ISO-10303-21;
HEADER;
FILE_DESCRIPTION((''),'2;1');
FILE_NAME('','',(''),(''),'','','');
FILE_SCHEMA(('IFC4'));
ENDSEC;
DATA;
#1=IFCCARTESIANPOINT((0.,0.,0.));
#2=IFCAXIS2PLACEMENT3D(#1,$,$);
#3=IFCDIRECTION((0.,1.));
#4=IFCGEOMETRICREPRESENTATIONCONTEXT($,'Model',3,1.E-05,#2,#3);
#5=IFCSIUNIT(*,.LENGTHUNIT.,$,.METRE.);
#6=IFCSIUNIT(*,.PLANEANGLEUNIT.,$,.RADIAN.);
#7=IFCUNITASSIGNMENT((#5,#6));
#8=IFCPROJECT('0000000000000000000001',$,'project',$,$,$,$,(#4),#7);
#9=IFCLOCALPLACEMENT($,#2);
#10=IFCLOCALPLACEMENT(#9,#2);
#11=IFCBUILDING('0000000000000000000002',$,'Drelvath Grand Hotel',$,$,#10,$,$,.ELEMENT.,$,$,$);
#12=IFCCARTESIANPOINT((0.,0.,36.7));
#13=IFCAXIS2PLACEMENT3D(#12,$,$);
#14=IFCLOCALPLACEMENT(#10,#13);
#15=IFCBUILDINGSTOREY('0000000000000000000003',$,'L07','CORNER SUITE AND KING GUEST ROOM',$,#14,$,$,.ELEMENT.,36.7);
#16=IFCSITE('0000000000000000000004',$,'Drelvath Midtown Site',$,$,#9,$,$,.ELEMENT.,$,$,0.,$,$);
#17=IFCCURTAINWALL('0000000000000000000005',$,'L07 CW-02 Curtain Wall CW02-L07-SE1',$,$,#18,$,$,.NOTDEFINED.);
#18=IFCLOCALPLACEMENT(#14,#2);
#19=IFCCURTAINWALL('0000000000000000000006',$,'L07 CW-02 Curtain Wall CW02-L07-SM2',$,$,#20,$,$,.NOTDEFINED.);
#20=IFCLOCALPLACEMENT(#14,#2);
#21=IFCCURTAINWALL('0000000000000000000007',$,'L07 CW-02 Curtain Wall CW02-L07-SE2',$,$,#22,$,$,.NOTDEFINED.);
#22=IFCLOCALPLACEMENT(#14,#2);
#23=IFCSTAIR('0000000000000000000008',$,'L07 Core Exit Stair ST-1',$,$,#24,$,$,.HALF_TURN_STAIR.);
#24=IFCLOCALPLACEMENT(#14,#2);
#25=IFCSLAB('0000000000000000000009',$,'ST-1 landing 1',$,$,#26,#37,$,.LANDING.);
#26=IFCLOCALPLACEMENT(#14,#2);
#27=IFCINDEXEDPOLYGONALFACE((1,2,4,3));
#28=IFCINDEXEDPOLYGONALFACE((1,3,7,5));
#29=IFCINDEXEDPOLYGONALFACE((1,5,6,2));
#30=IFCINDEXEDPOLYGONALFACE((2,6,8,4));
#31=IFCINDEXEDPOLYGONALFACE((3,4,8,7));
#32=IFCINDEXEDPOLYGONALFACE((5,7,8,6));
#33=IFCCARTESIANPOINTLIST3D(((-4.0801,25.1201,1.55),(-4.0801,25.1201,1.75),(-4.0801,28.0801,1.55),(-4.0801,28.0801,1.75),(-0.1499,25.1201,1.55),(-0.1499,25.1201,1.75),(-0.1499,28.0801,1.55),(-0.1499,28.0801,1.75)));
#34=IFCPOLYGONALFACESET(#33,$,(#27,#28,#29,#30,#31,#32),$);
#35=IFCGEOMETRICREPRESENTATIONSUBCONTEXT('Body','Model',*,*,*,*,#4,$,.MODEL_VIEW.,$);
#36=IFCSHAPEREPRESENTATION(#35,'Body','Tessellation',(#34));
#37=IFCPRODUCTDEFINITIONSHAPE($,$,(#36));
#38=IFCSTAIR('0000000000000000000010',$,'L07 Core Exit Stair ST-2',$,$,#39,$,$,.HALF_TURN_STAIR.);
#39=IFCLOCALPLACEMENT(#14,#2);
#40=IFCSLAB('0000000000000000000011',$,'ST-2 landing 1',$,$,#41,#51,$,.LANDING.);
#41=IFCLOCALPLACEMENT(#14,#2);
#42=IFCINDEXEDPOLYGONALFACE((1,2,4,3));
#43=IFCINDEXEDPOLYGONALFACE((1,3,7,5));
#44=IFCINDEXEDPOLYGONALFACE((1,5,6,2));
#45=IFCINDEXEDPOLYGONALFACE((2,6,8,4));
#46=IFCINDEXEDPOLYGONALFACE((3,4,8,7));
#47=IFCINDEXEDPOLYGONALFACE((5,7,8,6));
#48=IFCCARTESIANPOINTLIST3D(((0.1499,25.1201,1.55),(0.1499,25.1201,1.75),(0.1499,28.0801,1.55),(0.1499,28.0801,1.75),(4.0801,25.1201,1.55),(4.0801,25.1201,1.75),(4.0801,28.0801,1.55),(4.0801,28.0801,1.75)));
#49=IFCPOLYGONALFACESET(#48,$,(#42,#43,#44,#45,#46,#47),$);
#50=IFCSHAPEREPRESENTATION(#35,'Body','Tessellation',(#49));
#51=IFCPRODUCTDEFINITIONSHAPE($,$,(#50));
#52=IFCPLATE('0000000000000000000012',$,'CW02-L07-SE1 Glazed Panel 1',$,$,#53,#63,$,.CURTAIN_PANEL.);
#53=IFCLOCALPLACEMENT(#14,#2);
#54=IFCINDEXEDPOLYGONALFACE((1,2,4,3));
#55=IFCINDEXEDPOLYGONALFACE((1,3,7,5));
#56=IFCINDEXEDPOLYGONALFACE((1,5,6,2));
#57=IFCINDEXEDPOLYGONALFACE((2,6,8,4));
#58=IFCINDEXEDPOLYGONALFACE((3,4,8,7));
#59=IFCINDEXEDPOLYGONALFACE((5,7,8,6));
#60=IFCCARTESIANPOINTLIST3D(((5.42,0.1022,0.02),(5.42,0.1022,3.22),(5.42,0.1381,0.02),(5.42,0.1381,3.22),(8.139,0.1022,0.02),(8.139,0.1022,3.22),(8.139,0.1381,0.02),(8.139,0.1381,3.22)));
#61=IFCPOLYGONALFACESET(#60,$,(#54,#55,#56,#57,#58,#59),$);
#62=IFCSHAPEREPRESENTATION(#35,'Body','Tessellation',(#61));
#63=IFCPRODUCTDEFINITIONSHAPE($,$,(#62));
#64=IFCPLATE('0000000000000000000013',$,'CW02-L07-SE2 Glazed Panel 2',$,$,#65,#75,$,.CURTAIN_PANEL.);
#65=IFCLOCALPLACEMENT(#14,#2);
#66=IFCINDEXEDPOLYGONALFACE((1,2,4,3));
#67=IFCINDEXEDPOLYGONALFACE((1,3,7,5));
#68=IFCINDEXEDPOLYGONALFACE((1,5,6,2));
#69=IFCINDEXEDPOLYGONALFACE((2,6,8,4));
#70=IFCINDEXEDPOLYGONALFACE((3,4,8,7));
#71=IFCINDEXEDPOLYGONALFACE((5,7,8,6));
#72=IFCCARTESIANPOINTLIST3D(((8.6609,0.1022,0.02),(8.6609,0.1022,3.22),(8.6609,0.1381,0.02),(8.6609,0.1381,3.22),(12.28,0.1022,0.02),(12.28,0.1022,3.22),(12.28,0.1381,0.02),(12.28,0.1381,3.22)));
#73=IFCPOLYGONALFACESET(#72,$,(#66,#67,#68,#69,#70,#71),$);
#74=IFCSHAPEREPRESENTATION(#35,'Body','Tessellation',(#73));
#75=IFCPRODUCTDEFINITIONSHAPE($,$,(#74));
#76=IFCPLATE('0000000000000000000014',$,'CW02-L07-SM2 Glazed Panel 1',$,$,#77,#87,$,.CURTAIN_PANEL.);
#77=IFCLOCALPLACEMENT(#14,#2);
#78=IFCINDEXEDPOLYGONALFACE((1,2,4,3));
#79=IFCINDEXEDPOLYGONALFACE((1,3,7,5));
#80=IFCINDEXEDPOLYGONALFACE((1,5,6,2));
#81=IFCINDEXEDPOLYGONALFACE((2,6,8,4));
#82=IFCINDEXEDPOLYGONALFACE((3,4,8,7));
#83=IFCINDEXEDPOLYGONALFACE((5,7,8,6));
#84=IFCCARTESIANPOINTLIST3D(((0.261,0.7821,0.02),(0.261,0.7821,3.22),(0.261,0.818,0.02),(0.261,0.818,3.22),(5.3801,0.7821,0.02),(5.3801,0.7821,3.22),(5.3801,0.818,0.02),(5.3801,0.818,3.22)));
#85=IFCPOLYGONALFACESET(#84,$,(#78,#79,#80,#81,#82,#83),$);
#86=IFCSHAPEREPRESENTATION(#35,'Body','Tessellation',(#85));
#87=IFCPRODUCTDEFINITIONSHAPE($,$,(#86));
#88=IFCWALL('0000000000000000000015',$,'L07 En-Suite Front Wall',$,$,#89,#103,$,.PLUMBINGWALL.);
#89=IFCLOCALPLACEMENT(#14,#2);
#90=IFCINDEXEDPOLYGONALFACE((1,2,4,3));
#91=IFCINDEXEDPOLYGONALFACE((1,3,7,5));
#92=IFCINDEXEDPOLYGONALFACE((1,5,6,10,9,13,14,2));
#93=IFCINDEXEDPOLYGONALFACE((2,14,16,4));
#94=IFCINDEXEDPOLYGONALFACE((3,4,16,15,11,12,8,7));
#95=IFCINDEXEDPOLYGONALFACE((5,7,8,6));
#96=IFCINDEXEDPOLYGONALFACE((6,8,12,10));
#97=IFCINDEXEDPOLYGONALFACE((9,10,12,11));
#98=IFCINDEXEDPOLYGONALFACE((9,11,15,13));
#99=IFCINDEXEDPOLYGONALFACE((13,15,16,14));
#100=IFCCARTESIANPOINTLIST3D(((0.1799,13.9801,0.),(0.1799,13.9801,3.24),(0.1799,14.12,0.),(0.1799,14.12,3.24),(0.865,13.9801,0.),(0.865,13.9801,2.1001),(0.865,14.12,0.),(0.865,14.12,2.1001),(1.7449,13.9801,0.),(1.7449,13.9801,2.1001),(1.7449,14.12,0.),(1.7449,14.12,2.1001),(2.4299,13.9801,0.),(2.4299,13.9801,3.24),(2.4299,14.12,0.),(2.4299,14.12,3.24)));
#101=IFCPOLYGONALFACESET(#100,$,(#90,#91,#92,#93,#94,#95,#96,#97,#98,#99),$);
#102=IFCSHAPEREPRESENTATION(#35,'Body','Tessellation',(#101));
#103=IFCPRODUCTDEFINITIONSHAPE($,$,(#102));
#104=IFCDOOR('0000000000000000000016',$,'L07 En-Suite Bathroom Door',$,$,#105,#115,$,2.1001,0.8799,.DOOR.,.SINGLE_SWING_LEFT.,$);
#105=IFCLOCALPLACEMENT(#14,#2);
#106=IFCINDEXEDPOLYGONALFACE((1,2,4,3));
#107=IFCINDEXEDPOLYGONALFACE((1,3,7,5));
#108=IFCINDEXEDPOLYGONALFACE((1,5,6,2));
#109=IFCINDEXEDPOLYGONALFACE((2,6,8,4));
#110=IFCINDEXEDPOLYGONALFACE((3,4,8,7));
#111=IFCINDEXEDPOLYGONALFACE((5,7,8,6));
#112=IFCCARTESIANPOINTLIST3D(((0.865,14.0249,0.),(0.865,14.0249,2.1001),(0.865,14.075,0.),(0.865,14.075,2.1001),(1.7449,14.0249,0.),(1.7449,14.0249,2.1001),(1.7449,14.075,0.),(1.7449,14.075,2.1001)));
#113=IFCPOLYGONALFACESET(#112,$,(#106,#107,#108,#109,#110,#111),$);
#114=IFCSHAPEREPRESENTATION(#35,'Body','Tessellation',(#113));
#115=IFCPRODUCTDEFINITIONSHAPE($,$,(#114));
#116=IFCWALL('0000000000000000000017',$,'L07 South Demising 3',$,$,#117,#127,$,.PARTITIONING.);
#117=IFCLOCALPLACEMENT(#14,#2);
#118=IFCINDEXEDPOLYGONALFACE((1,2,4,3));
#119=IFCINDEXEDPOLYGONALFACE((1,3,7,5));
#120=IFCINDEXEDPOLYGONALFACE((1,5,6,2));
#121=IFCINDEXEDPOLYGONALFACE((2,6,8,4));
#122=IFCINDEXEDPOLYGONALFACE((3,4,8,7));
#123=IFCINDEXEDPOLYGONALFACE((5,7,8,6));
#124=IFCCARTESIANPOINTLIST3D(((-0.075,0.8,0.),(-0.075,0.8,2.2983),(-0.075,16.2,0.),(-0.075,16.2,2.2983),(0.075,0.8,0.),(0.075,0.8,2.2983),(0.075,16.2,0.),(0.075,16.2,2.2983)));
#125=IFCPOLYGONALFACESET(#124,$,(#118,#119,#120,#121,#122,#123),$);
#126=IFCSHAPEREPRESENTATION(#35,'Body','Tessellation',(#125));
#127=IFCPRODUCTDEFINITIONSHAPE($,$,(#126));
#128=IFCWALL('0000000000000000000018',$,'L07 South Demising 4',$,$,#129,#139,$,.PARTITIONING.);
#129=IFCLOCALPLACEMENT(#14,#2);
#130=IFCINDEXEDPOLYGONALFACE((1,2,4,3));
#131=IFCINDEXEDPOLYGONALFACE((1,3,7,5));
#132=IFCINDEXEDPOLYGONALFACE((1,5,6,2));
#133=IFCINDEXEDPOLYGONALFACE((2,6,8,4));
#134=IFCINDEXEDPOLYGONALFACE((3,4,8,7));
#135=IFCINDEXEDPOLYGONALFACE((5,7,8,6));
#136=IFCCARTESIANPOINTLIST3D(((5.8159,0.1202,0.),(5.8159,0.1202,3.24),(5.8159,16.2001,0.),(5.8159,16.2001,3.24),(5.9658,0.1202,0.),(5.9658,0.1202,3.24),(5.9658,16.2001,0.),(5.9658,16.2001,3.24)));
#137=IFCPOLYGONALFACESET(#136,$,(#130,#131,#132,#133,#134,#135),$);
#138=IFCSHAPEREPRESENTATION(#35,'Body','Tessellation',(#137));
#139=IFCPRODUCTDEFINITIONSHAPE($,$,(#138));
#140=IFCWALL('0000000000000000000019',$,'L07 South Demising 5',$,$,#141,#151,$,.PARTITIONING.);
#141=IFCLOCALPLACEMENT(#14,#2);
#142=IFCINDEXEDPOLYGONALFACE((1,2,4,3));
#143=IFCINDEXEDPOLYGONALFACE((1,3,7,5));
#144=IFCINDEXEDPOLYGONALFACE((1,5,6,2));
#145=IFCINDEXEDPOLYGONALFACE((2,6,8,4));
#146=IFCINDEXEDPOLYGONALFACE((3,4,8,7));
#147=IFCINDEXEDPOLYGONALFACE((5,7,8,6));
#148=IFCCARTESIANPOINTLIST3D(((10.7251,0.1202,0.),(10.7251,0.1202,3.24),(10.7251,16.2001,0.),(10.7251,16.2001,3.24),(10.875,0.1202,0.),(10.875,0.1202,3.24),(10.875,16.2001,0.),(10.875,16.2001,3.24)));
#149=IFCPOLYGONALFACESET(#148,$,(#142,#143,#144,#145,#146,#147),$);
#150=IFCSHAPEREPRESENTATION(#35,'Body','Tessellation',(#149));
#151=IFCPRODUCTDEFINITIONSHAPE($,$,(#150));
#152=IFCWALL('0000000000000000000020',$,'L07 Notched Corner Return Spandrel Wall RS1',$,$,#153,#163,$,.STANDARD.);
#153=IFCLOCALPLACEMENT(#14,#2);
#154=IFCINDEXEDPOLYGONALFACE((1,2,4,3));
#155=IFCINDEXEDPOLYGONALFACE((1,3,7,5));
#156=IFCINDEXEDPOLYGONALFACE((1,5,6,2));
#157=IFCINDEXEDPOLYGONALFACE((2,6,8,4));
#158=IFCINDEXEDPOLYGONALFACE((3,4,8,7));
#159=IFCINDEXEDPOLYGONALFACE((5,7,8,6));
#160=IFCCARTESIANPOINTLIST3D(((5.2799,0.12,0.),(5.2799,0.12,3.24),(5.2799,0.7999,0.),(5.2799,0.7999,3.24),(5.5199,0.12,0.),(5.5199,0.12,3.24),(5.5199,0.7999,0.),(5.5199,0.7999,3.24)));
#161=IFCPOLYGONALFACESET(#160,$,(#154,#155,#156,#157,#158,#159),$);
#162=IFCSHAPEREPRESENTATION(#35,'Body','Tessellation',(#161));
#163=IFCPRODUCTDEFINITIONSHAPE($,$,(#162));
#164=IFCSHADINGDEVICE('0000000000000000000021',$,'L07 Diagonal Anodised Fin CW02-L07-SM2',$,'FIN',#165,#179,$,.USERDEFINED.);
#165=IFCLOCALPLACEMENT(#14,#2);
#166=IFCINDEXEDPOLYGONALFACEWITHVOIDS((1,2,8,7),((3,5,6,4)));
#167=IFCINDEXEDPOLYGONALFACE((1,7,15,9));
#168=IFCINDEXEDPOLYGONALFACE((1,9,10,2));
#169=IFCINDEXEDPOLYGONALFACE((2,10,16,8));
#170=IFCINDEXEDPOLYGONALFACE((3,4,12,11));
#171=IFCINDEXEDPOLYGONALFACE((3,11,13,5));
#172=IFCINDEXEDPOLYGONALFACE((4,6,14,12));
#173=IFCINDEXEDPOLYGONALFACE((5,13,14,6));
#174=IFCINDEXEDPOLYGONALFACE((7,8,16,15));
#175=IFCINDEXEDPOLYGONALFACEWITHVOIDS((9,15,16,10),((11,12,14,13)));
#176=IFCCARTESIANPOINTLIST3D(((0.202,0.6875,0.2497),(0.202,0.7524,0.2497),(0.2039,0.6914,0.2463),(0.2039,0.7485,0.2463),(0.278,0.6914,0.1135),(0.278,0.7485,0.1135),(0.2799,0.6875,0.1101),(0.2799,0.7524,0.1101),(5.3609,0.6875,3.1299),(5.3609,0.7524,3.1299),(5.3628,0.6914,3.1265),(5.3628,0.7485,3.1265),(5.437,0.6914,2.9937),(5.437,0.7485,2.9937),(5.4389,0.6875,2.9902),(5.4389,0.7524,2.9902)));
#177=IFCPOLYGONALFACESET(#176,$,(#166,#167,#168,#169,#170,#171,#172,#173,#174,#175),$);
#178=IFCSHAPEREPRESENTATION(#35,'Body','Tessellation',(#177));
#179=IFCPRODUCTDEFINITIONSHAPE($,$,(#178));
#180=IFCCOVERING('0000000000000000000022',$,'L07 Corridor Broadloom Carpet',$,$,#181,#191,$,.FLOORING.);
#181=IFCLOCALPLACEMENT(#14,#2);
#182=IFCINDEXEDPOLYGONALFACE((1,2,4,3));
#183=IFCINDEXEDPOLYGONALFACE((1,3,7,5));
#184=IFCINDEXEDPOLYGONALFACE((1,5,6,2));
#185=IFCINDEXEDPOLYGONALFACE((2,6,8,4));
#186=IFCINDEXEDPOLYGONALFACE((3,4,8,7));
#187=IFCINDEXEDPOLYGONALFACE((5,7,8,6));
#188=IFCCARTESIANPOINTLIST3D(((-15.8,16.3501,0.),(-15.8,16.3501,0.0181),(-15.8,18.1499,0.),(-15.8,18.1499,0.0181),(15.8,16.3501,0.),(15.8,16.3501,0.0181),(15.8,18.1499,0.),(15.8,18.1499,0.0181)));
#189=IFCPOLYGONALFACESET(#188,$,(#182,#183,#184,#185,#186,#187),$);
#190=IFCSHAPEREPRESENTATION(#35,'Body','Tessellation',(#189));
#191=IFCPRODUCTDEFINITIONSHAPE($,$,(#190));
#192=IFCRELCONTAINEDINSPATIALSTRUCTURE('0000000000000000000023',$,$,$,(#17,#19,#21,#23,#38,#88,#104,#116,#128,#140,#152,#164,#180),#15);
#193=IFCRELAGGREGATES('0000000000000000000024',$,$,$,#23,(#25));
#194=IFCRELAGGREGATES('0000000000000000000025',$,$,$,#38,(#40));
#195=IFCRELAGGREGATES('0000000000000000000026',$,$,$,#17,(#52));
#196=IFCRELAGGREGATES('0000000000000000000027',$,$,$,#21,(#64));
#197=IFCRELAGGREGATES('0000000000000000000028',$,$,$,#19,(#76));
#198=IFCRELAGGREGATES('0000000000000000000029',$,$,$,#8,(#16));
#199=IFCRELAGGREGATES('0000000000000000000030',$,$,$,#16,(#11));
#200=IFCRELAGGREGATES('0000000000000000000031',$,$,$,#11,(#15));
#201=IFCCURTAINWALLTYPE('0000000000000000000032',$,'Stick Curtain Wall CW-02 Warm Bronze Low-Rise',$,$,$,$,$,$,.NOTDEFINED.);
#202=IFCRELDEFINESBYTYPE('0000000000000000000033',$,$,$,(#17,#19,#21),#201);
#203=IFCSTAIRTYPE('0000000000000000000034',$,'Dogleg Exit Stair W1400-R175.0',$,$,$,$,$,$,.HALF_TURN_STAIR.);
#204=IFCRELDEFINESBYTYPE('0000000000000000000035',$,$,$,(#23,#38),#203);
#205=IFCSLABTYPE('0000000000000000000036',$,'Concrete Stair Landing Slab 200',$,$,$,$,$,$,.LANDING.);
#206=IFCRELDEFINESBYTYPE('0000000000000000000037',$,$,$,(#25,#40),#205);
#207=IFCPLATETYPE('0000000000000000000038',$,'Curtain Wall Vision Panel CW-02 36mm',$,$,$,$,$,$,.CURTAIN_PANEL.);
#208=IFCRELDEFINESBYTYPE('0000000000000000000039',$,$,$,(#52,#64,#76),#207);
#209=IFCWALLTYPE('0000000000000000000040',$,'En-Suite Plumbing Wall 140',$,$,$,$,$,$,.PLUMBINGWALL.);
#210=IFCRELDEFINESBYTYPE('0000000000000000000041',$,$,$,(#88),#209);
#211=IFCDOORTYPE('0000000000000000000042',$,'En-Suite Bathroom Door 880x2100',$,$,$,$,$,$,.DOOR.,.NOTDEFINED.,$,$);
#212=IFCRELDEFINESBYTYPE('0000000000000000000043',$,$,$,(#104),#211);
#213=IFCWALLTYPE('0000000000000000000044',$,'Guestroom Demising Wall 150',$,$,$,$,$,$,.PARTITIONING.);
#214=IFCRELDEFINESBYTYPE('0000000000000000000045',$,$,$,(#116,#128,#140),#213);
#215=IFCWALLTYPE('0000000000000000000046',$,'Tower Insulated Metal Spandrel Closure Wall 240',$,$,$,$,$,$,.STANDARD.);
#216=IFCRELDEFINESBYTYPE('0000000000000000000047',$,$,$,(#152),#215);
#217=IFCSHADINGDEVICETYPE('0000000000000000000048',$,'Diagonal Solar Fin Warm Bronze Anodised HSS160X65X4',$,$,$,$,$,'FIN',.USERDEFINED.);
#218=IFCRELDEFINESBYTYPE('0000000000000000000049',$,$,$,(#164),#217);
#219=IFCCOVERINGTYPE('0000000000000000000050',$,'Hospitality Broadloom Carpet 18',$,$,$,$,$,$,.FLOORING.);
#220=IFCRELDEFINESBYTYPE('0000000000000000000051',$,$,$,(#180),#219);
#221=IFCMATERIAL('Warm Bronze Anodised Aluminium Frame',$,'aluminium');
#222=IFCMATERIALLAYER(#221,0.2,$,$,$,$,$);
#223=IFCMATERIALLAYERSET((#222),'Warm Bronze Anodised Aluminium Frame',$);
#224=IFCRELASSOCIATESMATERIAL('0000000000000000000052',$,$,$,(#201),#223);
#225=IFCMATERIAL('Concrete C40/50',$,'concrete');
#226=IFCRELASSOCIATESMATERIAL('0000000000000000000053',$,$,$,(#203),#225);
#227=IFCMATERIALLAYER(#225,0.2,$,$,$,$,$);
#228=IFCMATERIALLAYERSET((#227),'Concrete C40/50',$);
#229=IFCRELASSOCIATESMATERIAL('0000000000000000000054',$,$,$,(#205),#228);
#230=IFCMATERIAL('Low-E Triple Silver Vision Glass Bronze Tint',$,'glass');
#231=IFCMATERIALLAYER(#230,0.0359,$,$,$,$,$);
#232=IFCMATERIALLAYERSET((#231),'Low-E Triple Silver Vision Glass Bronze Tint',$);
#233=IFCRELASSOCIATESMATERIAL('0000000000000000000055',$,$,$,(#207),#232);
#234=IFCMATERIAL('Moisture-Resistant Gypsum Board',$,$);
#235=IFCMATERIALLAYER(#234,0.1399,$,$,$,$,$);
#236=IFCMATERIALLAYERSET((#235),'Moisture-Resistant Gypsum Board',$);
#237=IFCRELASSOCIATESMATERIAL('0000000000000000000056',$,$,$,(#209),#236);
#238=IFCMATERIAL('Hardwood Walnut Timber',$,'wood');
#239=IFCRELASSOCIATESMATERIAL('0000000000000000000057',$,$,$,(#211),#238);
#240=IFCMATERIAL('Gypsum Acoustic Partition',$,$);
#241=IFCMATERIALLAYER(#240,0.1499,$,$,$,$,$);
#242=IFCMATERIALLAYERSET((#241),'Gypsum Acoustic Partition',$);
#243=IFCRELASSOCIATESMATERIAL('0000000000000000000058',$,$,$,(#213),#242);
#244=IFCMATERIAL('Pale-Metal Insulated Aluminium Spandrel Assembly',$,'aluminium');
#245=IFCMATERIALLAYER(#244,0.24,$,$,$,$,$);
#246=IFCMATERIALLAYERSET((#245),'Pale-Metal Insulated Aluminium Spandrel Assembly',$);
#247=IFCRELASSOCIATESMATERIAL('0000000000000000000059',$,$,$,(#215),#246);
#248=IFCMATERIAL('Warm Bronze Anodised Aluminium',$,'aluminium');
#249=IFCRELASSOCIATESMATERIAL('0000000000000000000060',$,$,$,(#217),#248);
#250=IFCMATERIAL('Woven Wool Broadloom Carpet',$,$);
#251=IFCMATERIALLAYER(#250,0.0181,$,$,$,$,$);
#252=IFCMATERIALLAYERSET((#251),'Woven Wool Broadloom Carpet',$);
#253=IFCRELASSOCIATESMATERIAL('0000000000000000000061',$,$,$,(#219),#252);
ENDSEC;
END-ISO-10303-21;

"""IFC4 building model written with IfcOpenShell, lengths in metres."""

from ifc_helpers import new_model, si_unit, direction, frame, frame_2d, origin, origin_2d, place, context, subcontext, project, spatial, polyline, rectangle, hollow_rectangle, outline, extrude, material, layer, layer_set, material_profile, profile_set, type_object, element, fill, aggregate, save


model = new_model("IFC4")

# Units and contexts
model_context = context("Model", 3, precision=1e-05, world=origin(), true_north=direction((0.0, 1.0)))
body_context = subcontext(model_context, "Body", "Model", "MODEL_VIEW")
ifc_project = project(units=[si_unit("LENGTHUNIT", "METRE"), si_unit("PLANEANGLEUNIT", "RADIAN")], contexts=[model_context])

# Site, building, storey
site_placement = place(None, origin())
site = spatial("IfcSite", under=ifc_project, at=site_placement, Name="Drelvath Midtown Site", CompositionType="ELEMENT", RefElevation=0.0)
building_placement = place(site_placement, origin())
building = spatial("IfcBuilding", under=site, at=building_placement, Name="Drelvath Grand Hotel", CompositionType="ELEMENT")
storey_placement = place(building_placement, frame((0.0, 0.0, 36.7)))
storey = spatial("IfcBuildingStorey", under=building, at=storey_placement, Name="L07", Description="CORNER SUITE AND KING GUEST ROOM", CompositionType="ELEMENT", Elevation=36.7)

# Curtain walls
ifc_material_1 = material(Name="Warm Bronze Anodised Aluminium Frame", Category="aluminium")
ifc_layer_1 = layer(ifc_material_1, 0.2)
ifc_layer_set_1 = layer_set([ifc_layer_1], Name="Warm Bronze Anodised Aluminium Frame")
curtain_wall_type = type_object("IfcCurtainWallType", Name="Stick Curtain Wall CW-02 Warm Bronze Low-Rise", PredefinedType="NOTDEFINED", material=ifc_layer_set_1)
curtain_wall_1_placement = place(storey_placement, origin())
curtain_wall_1 = element("IfcCurtainWall", 1, at=curtain_wall_1_placement, inside=storey, type_object=curtain_wall_type, Name="L07 CW-02 Curtain Wall CW02-L07-SE1", PredefinedType="NOTDEFINED")
curtain_wall_2_placement = place(storey_placement, origin())
curtain_wall_2 = element("IfcCurtainWall", 2, at=curtain_wall_2_placement, inside=storey, type_object=curtain_wall_type, Name="L07 CW-02 Curtain Wall CW02-L07-SM2", PredefinedType="NOTDEFINED")

# Curtain wall
curtain_wall_3_placement = place(storey_placement, origin())
curtain_wall_3 = element("IfcCurtainWall", 3, at=curtain_wall_3_placement, inside=storey, type_object=curtain_wall_type, Name="L07 CW-02 Curtain Wall CW02-L07-SE2", PredefinedType="NOTDEFINED")

# Stairs, slabs
ifc_material_2 = material(Name="Concrete C40/50", Category="concrete")
stair_type = type_object("IfcStairType", Name="Dogleg Exit Stair W1400-R175.0", PredefinedType="HALF_TURN_STAIR", material=ifc_material_2)
stair_1_placement = place(storey_placement, origin())
stair_1 = element("IfcStair", 4, at=stair_1_placement, inside=storey, type_object=stair_type, Name="L07 Core Exit Stair ST-1", PredefinedType="HALF_TURN_STAIR")
ifc_layer_2 = layer(ifc_material_2, 0.2)
ifc_layer_set_2 = layer_set([ifc_layer_2], Name="Concrete C40/50")
slab_type = type_object("IfcSlabType", Name="Concrete Stair Landing Slab 200", PredefinedType="LANDING", material=ifc_layer_set_2)
slab_1_placement = place(storey_placement, frame((0.0, 0.0, 1.55)))
slab_1 = element("IfcSlab", 5, at=slab_1_placement, type_object=slab_type, Name="ST-1 landing 1", PredefinedType="LANDING", context=body_context, shape_type="SweptSolid", body=[
    extrude(outline(polyline([(-4.0801, 25.1201), (-0.1499, 25.1201), (-0.1499, 28.0801), (-4.0801, 28.0801), (-4.0801, 25.1201)])), origin(), (0.0, 0.0, 1.0), 0.2),
])
aggregate(stair_1, [slab_1])
stair_2_placement = place(storey_placement, origin())
stair_2 = element("IfcStair", 6, at=stair_2_placement, inside=storey, type_object=stair_type, Name="L07 Core Exit Stair ST-2", PredefinedType="HALF_TURN_STAIR")
slab_2_placement = place(storey_placement, frame((0.0, 0.0, 1.55)))
slab_2 = element("IfcSlab", 7, at=slab_2_placement, type_object=slab_type, Name="ST-2 landing 1", PredefinedType="LANDING", context=body_context, shape_type="SweptSolid", body=[
    extrude(outline(polyline([(4.0801, 28.0801), (0.1499, 28.0801), (0.1499, 25.1201), (4.0801, 25.1201), (4.0801, 28.0801)])), origin(), (0.0, 0.0, 1.0), 0.2),
])
aggregate(stair_2, [slab_2])

# Plates
ifc_material_3 = material(Name="Low-E Triple Silver Vision Glass Bronze Tint", Category="glass")
ifc_layer_3 = layer(ifc_material_3, 0.0359)
ifc_layer_set_3 = layer_set([ifc_layer_3], Name="Low-E Triple Silver Vision Glass Bronze Tint")
plate_type = type_object("IfcPlateType", Name="Curtain Wall Vision Panel CW-02 36mm", PredefinedType="CURTAIN_PANEL", material=ifc_layer_set_3)
plate_1_placement = place(storey_placement, frame((6.7795, 0.1201, 0.02), z_axis=(0.0, 0.0, 1.0), x_axis=(-1.0, 0.0, 0.0)))
plate_1 = element("IfcPlate", 8, at=plate_1_placement, type_object=plate_type, Name="CW02-L07-SE1 Glazed Panel 1", PredefinedType="CURTAIN_PANEL", context=body_context, shape_type="SweptSolid", body=[
    extrude(rectangle(XDim=2.719, YDim=0.0359, at=origin_2d()), origin(), (0.0, 0.0, 1.0), 3.2),
])
aggregate(curtain_wall_1, [plate_1])
plate_2_placement = place(storey_placement, frame((10.4705, 0.1201, 0.02), z_axis=(0.0, 0.0, 1.0), x_axis=(-1.0, 0.0, 0.0)))
plate_2 = element("IfcPlate", 9, at=plate_2_placement, type_object=plate_type, Name="CW02-L07-SE2 Glazed Panel 2", PredefinedType="CURTAIN_PANEL", context=body_context, shape_type="SweptSolid", body=[
    extrude(rectangle(XDim=3.6191, YDim=0.0359, at=origin_2d()), origin(), (0.0, 0.0, 1.0), 3.2),
])
aggregate(curtain_wall_3, [plate_2])
plate_3_placement = place(storey_placement, frame((2.8206, 0.8, 0.02), z_axis=(0.0, 0.0, 1.0), x_axis=(-1.0, 0.0, 0.0)))
plate_3 = element("IfcPlate", 10, at=plate_3_placement, type_object=plate_type, Name="CW02-L07-SM2 Glazed Panel 1", PredefinedType="CURTAIN_PANEL", context=body_context, shape_type="SweptSolid", body=[
    extrude(rectangle(XDim=5.1191, YDim=0.0359, at=origin_2d()), origin(), (0.0, 0.0, 1.0), 3.2),
])
aggregate(curtain_wall_2, [plate_3])

# Wall, opening, door
ifc_material_4 = material(Name="Moisture-Resistant Gypsum Board")
ifc_layer_4 = layer(ifc_material_4, 0.1399)
ifc_layer_set_4 = layer_set([ifc_layer_4], Name="Moisture-Resistant Gypsum Board")
wall_type_1 = type_object("IfcWallType", Name="En-Suite Plumbing Wall 140", PredefinedType="PLUMBINGWALL", material=ifc_layer_set_4)
wall_1_placement = place(storey_placement, frame((0.1799, 14.05, 0.0), z_axis=(0.0, 0.0, 1.0), x_axis=(1.0, 0.0, 0.0)))
wall_1 = element("IfcWall", 11, at=wall_1_placement, inside=storey, type_object=wall_type_1, Name="L07 En-Suite Front Wall", PredefinedType="PLUMBINGWALL", context=body_context, shape_type="SweptSolid", body=[
    extrude(rectangle(XDim=2.25, YDim=0.1399, at=frame_2d((1.125, 0.0))), origin(), (0.0, 0.0, 1.0), 3.24),
])
opening_placement = place(wall_1_placement, frame((0.6851, 0.0, 0.0)))
opening = element("IfcOpeningElement", 12, at=opening_placement, cuts=wall_1, PredefinedType="OPENING", context=body_context, shape_type="SweptSolid", body=[
    extrude(rectangle(XDim=0.8799, YDim=2.1001, at=frame_2d((0.4399, 1.05))), frame((0.0, 0.0798, 0.0), z_axis=(0.0, -1.0, 0.0), x_axis=(1.0, 0.0, 0.0)), (0.0, 0.0, 1.0), 0.1599),
])
ifc_material_5 = material(Name="Hardwood Walnut Timber", Category="wood")
door_type = type_object("IfcDoorType", Name="En-Suite Bathroom Door 880x2100", OperationType="NOTDEFINED", PredefinedType="DOOR", material=ifc_material_5)
door_placement = place(opening_placement, origin())
door = element("IfcDoor", 13, at=door_placement, inside=storey, type_object=door_type, Name="L07 En-Suite Bathroom Door", OperationType="SINGLE_SWING_LEFT", OverallHeight=2.1001, OverallWidth=0.8799, PredefinedType="DOOR", context=body_context, shape_type="SweptSolid", body=[
    extrude(rectangle(XDim=0.8799, YDim=2.1001, at=frame_2d((0.4399, 1.05))), frame((0.0, 0.0249, 0.0), z_axis=(0.0, -1.0, 0.0), x_axis=(1.0, 0.0, 0.0)), (0.0, 0.0, 1.0), 0.05),
])
fill(opening, door)

# Walls
ifc_material_6 = material(Name="Gypsum Acoustic Partition")
ifc_layer_5 = layer(ifc_material_6, 0.1499)
ifc_layer_set_5 = layer_set([ifc_layer_5], Name="Gypsum Acoustic Partition")
wall_type_2 = type_object("IfcWallType", Name="Guestroom Demising Wall 150", PredefinedType="PARTITIONING", material=ifc_layer_set_5)
wall_2_placement = place(storey_placement, frame((0.0, 0.8, 0.0), z_axis=(0.0, 0.0, 1.0), x_axis=(0.0, 1.0, 0.0)))
element("IfcWall", 14, at=wall_2_placement, inside=storey, type_object=wall_type_2, Name="L07 South Demising 3", PredefinedType="PARTITIONING", context=body_context, shape_type="SweptSolid", body=[
    extrude(rectangle(XDim=15.3999, YDim=0.1499, at=frame_2d((7.7, 0.0))), origin(), (0.0, 0.0, 1.0), 2.2983),
])
for number, where, z_axis, x_axis, name in (
    (15, (5.8909, 0.1201, 0.0), (0.0, 0.0, 1.0), (0.0, 1.0, 0.0), "L07 South Demising 4"),
    (16, (10.8, 0.1201, 0.0), (0.0, 0.0, 1.0), (0.0, 1.0, 0.0), "L07 South Demising 5"),
):
    element("IfcWall", number, at=place(storey_placement, frame(where, z_axis=z_axis, x_axis=x_axis)), inside=storey, type_object=wall_type_2, Name=name, PredefinedType="PARTITIONING", context=body_context, shape_type="SweptSolid", body=[
        extrude(rectangle(XDim=16.0798, YDim=0.1499, at=frame_2d((8.04, 0.0))), origin(), (0.0, 0.0, 1.0), 3.24),
    ])
ifc_material_7 = material(Name="Pale-Metal Insulated Aluminium Spandrel Assembly", Category="aluminium")
ifc_layer_6 = layer(ifc_material_7, 0.24)
ifc_layer_set_6 = layer_set([ifc_layer_6], Name="Pale-Metal Insulated Aluminium Spandrel Assembly")
wall_type_3 = type_object("IfcWallType", Name="Tower Insulated Metal Spandrel Closure Wall 240", PredefinedType="STANDARD", material=ifc_layer_set_6)
wall_3_placement = place(storey_placement, frame((5.3999, 0.1201, 0.0), z_axis=(0.0, 0.0, 1.0), x_axis=(0.0, 1.0, 0.0)))
element("IfcWall", 17, at=wall_3_placement, inside=storey, type_object=wall_type_3, Name="L07 Notched Corner Return Spandrel Wall RS1", PredefinedType="STANDARD", context=body_context, shape_type="SweptSolid", body=[
    extrude(rectangle(XDim=0.6799, YDim=0.24, at=frame_2d((0.3398, 0.0))), origin(), (0.0, 0.0, 1.0), 3.24),
])

# Shading device
ifc_material_8 = material(Name="Warm Bronze Anodised Aluminium", Category="aluminium")
ifc_material_profile_1 = material_profile(ifc_material_8, hollow_rectangle(XDim=0.0649, YDim=0.1599, WallThickness=0.0039, at=origin_2d()), Name="HSS160X65X4")
ifc_profile_set_1 = profile_set([ifc_material_profile_1], Name="Warm Bronze Anodised Aluminium")
shading_device_type = type_object("IfcShadingDeviceType", Name="Diagonal Solar Fin Warm Bronze Anodised HSS160X65X4", ElementType="FIN", PredefinedType="USERDEFINED", material=ifc_profile_set_1)
shading_device_placement = place(storey_placement, frame((0.241, 0.72, 0.1799), z_axis=(0.873146, 0.0, 0.487459), x_axis=(0.0, 1.0, 0.0)))
element("IfcShadingDevice", 18, at=shading_device_placement, inside=storey, type_object=shading_device_type, Name="L07 Diagonal Anodised Fin CW02-L07-SM2", ObjectType="FIN", PredefinedType="USERDEFINED", context=body_context, shape_type="SweptSolid", body=[
    extrude(hollow_rectangle(XDim=0.0649, YDim=0.1599, WallThickness=0.0039, at=origin_2d()), origin(), (0.0, 0.0, 1.0), 5.9084),
])

# Covering
ifc_material_9 = material(Name="Woven Wool Broadloom Carpet")
ifc_layer_7 = layer(ifc_material_9, 0.0181)
ifc_layer_set_7 = layer_set([ifc_layer_7], Name="Woven Wool Broadloom Carpet")
covering_type_1 = type_object("IfcCoveringType", Name="Hospitality Broadloom Carpet 18", PredefinedType="FLOORING", material=ifc_layer_set_7)
covering_1_placement = place(storey_placement, origin())
element("IfcCovering", 19, at=covering_1_placement, inside=storey, type_object=covering_type_1, Name="L07 Corridor Broadloom Carpet", PredefinedType="FLOORING", context=body_context, shape_type="SweptSolid", body=[
    extrude(outline(polyline([(15.8, 16.3501), (15.8, 18.1499), (-15.8, 18.1499), (-15.8, 16.3501), (15.8, 16.3501)])), origin(), (0.0, 0.0, 1.0), 0.0181),
])

save(model, "model.ifc")
